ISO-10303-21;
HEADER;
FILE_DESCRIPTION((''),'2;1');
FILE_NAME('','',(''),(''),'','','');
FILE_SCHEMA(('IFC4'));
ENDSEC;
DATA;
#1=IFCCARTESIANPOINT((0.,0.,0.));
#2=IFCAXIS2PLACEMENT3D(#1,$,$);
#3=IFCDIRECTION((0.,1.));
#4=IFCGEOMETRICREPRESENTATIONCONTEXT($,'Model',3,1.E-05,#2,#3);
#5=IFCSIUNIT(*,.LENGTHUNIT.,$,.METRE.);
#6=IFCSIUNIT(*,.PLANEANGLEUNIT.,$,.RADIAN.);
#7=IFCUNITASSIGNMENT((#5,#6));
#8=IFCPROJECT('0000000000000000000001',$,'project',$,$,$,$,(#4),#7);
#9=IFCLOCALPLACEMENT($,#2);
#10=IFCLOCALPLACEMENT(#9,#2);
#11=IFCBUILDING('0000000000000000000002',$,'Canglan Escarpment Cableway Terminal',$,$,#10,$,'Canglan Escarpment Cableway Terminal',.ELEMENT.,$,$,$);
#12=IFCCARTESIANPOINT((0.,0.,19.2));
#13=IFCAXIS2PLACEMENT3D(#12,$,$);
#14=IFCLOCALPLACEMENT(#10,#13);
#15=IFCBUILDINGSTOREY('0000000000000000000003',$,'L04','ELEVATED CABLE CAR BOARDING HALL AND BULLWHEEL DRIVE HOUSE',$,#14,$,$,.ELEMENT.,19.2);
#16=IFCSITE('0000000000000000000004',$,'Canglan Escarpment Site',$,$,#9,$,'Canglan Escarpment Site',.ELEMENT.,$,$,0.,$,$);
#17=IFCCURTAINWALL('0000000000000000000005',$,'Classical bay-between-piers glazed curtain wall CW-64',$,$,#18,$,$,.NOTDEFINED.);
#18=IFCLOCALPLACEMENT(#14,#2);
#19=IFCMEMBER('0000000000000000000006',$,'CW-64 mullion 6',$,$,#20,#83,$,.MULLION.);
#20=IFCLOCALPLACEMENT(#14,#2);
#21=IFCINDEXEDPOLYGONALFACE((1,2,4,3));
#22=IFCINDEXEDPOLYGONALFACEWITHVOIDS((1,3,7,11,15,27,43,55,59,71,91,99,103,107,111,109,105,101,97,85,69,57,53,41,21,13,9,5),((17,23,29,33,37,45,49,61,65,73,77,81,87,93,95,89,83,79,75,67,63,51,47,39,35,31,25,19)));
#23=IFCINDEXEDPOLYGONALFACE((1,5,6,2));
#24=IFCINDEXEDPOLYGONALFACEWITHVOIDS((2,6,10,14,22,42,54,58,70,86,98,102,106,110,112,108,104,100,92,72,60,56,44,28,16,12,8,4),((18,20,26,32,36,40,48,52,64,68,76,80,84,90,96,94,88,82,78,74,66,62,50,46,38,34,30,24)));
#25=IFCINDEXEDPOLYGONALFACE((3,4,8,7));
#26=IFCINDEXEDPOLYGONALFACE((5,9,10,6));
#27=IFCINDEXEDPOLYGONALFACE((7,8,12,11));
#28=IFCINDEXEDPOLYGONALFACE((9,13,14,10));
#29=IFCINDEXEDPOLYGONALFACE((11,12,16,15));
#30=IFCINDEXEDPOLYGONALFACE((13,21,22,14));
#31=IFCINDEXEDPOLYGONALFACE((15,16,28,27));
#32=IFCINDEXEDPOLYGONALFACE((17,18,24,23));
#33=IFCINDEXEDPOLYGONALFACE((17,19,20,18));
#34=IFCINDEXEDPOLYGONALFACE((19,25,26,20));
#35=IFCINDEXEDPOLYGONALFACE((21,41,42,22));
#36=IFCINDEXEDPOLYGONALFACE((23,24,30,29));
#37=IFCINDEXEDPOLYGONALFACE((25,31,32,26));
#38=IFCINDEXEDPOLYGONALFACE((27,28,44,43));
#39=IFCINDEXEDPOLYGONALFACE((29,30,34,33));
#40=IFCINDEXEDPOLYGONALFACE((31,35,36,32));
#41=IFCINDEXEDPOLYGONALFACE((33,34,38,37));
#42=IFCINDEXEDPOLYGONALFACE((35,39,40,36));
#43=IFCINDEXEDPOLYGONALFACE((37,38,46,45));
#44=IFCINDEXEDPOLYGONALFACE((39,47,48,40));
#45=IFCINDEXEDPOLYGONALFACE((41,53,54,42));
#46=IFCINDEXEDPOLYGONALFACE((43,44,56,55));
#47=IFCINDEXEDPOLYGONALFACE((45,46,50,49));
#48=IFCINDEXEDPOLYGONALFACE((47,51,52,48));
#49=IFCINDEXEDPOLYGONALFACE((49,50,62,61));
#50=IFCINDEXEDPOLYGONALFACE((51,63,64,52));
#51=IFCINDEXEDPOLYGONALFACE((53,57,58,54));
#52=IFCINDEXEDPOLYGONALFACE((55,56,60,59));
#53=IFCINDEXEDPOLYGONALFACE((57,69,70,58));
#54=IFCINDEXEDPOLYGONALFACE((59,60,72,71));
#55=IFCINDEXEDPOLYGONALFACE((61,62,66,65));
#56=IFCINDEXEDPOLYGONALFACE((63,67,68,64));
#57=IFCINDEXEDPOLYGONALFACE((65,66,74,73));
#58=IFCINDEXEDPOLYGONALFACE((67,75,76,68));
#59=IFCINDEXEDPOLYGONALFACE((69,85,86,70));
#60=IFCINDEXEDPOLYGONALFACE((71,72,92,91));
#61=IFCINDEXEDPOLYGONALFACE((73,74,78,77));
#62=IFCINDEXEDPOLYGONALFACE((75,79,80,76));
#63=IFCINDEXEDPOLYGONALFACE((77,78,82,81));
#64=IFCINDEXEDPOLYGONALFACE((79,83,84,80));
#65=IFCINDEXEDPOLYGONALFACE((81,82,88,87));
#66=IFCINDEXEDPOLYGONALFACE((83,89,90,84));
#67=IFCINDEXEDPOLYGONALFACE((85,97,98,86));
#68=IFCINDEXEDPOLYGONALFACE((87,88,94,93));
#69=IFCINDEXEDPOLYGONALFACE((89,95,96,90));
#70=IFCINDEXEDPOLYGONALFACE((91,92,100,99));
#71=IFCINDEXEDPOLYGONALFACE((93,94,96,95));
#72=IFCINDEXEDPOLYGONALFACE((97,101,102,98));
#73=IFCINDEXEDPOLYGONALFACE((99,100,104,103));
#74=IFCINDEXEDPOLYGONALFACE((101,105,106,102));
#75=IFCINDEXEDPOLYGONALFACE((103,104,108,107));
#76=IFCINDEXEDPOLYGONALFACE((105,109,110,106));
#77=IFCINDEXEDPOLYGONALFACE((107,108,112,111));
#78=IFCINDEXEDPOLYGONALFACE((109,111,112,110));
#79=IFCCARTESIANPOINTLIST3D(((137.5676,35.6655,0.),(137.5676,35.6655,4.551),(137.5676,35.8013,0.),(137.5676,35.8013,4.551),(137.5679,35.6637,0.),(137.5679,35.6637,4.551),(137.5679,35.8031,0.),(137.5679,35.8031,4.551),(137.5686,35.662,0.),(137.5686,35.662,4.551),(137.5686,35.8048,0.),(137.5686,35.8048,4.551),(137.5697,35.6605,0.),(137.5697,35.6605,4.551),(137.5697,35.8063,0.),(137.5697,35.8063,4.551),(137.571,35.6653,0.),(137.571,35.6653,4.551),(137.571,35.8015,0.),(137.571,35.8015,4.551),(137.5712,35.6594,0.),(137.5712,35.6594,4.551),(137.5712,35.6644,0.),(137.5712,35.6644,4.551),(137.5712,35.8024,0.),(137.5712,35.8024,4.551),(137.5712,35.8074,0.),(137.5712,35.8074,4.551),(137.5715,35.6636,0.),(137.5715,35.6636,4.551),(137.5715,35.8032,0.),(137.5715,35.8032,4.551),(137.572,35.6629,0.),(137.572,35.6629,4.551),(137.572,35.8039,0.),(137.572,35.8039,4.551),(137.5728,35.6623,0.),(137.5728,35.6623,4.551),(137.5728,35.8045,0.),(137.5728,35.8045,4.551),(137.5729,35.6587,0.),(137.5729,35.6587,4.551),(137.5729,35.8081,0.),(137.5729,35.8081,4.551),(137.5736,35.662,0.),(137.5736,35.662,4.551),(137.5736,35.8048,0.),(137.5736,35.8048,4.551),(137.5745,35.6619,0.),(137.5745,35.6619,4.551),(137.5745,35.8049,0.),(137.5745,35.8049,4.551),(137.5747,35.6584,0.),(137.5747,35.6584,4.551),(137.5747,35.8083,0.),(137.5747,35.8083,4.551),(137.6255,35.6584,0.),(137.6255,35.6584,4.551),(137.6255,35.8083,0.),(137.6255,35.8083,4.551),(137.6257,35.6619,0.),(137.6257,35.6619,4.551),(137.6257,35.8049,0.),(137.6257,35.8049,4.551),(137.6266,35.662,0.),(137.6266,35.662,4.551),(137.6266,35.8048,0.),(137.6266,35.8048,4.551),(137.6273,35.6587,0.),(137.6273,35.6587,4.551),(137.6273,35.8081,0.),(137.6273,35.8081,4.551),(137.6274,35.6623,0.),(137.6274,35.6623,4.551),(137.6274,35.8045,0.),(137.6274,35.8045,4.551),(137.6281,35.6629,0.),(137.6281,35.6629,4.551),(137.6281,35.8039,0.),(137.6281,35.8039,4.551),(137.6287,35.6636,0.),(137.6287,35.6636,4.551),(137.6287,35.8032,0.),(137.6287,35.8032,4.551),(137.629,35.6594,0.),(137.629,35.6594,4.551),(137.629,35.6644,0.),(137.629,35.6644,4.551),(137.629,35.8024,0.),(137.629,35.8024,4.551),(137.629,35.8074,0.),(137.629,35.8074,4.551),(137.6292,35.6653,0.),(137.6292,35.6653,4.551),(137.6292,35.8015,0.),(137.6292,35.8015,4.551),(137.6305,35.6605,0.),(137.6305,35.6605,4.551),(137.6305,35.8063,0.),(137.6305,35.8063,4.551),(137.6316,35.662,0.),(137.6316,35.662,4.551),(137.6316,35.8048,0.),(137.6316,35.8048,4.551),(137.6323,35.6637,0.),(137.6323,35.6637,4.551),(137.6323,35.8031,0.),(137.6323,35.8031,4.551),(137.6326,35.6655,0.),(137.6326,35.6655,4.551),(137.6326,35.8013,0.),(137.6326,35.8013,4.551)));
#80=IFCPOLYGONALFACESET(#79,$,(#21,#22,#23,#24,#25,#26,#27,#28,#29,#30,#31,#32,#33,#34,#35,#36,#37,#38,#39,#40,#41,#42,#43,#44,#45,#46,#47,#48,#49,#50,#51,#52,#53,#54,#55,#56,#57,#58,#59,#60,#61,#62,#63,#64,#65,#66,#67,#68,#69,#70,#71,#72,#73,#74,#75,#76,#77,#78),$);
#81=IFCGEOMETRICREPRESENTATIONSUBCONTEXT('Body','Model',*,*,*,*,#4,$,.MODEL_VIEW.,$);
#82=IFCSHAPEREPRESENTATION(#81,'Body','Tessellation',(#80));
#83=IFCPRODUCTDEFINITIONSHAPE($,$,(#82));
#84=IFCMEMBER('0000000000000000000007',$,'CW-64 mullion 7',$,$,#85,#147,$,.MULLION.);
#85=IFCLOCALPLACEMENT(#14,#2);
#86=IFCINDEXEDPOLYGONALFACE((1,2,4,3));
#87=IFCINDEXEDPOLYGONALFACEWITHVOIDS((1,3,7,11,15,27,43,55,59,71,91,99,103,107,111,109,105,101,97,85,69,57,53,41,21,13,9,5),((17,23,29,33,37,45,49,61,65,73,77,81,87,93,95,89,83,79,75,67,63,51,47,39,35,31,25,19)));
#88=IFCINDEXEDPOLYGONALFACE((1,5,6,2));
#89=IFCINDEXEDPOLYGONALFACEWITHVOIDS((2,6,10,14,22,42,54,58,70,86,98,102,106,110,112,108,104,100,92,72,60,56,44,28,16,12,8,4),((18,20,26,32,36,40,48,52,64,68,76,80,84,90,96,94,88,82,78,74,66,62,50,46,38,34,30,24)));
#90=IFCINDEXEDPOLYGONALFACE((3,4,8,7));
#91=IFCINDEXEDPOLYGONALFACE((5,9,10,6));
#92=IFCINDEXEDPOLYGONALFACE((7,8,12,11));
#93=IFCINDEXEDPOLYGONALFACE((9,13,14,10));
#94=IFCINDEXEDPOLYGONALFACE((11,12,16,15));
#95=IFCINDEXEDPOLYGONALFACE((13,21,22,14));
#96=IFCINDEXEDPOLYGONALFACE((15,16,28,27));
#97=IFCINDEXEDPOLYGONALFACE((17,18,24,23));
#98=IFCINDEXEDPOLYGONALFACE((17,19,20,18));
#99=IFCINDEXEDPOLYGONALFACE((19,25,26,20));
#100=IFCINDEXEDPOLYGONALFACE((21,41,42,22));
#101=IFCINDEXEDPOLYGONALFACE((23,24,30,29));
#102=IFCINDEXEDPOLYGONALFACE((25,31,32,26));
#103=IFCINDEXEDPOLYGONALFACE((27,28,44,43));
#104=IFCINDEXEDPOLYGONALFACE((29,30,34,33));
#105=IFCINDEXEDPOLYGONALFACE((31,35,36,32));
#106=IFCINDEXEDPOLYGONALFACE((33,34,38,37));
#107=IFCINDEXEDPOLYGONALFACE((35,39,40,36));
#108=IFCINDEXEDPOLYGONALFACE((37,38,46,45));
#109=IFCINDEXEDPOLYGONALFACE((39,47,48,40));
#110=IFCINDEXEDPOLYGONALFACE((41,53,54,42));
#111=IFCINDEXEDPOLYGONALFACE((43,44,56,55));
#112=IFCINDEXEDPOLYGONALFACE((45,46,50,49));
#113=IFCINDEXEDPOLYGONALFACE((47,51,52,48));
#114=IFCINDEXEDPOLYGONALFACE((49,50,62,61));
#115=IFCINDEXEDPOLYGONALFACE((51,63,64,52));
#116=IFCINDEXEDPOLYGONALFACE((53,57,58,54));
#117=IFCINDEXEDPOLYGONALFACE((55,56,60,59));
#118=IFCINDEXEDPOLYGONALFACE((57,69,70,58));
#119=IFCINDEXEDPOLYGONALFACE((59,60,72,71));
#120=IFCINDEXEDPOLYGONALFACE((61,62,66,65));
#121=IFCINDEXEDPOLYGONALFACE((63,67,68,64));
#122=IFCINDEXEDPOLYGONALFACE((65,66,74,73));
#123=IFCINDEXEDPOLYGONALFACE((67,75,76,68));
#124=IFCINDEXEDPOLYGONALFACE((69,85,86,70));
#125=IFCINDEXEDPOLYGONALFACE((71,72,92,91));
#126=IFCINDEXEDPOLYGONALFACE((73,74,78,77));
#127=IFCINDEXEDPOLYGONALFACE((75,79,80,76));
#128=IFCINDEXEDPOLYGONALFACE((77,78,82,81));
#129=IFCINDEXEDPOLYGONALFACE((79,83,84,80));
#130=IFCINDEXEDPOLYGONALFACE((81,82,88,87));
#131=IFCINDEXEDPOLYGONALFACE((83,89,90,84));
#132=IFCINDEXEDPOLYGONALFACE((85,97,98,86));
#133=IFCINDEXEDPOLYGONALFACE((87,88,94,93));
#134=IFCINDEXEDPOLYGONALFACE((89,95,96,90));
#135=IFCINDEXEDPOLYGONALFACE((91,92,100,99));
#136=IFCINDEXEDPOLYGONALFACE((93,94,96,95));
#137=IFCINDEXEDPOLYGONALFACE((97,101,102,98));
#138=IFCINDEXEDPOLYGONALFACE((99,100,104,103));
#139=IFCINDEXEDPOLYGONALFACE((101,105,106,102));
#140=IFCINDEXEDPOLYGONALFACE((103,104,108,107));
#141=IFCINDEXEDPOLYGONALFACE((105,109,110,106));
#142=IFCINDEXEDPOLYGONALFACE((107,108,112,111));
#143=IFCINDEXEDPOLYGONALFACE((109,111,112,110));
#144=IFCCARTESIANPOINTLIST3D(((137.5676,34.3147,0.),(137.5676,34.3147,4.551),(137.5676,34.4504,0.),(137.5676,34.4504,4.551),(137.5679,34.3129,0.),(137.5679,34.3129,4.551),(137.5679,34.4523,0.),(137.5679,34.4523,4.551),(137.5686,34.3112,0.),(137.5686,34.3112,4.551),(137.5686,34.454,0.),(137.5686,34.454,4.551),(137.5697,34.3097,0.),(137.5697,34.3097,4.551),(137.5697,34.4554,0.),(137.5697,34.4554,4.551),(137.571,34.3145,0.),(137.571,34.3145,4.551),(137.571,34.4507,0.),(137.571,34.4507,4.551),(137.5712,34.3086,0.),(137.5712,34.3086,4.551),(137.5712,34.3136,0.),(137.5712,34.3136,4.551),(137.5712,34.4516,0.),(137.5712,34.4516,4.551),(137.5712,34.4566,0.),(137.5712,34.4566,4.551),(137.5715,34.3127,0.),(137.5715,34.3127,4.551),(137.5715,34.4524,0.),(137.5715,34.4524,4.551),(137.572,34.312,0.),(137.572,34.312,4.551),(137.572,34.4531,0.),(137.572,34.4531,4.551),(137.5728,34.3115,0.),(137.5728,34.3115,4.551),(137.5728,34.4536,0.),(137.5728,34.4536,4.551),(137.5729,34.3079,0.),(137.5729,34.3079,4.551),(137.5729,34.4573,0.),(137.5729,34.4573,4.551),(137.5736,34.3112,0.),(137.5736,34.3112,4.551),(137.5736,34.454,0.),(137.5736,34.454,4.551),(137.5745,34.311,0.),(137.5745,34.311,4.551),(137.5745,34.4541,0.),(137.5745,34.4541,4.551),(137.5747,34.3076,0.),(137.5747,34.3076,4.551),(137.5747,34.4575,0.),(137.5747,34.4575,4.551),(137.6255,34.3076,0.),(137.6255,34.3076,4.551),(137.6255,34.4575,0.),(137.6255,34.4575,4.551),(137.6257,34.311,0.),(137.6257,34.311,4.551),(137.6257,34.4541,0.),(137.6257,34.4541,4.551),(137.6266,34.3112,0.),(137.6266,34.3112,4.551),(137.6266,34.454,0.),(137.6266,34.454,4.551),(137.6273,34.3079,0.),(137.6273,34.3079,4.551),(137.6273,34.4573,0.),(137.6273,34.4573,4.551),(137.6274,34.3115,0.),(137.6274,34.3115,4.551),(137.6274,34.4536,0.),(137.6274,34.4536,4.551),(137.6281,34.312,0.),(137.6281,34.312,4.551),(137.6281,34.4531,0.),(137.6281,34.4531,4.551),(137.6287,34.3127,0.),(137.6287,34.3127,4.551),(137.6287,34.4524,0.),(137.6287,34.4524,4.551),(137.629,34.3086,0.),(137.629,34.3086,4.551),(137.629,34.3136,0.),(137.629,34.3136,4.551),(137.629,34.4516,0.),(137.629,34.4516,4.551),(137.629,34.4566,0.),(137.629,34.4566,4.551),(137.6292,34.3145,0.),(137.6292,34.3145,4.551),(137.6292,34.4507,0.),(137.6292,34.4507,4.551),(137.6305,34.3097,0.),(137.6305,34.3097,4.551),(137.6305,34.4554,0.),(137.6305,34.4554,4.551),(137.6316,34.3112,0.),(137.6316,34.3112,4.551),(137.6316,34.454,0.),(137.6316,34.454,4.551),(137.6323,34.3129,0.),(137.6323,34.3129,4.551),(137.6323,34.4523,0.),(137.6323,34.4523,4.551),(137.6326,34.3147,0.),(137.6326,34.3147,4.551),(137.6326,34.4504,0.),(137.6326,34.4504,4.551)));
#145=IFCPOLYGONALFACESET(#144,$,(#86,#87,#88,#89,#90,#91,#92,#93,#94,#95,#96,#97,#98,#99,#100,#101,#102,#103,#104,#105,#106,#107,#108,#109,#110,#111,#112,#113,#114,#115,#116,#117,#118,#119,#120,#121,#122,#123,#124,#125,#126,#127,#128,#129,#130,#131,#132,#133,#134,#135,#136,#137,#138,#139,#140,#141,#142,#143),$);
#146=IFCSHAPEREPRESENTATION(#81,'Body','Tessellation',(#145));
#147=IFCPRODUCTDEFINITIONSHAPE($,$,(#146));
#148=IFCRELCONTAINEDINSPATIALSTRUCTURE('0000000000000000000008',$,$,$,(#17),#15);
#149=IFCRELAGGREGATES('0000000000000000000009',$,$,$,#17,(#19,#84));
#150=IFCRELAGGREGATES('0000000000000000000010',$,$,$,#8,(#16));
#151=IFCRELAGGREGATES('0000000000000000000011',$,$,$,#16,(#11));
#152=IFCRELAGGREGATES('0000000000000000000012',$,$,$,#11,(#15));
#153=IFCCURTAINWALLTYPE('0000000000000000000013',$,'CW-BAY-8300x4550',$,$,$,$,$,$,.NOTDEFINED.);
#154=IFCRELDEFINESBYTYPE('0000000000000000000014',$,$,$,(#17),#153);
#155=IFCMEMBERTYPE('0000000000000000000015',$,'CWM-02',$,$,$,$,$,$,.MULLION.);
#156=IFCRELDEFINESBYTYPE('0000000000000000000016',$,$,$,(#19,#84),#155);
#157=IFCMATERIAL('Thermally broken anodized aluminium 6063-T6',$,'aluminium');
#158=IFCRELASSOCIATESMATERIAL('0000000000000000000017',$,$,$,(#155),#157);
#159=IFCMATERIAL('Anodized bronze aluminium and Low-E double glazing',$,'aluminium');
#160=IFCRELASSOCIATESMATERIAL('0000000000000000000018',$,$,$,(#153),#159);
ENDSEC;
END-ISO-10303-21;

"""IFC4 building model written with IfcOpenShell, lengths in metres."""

from ifc_helpers import new_model, si_unit, direction, frame, origin, origin_2d, place, context, subcontext, project, spatial, hollow_rectangle, extrude, material, material_profile, profile_set, type_object, element, aggregate, save


model = new_model("IFC4")

# Units and contexts
model_context = context("Model", 3, precision=1e-05, world=origin(), true_north=direction((0.0, 1.0)))
body_context = subcontext(model_context, "Body", "Model", "MODEL_VIEW")
ifc_project = project(units=[si_unit("LENGTHUNIT", "METRE"), si_unit("PLANEANGLEUNIT", "RADIAN")], contexts=[model_context])

# Site, building, storey
site_placement = place(None, origin())
site = spatial("IfcSite", under=ifc_project, at=site_placement, Name="Canglan Escarpment Site", LongName="Canglan Escarpment Site", CompositionType="ELEMENT", RefElevation=0.0)
building_placement = place(site_placement, origin())
building = spatial("IfcBuilding", under=site, at=building_placement, Name="Canglan Escarpment Cableway Terminal", LongName="Canglan Escarpment Cableway Terminal", CompositionType="ELEMENT")
storey_placement = place(building_placement, frame((0.0, 0.0, 19.2)))
storey = spatial("IfcBuildingStorey", under=building, at=storey_placement, Name="L04", Description="ELEVATED CABLE CAR BOARDING HALL AND BULLWHEEL DRIVE HOUSE", CompositionType="ELEMENT", Elevation=19.2)

# Shared definitions
ifc_material_1 = material(Name="Anodized bronze aluminium and Low-E double glazing", Category="aluminium")
ifc_material_2 = material(Name="Thermally broken anodized aluminium 6063-T6", Category="aluminium")
ifc_material_profile_1 = material_profile(ifc_material_2, hollow_rectangle(XDim=0.0649, YDim=0.1499, WallThickness=0.0034, InnerFilletRadius=0.0034, OuterFilletRadius=0.0071, at=origin_2d()), Name="ALU-MULL 65x150x3.5")
ifc_profile_set_1 = profile_set([ifc_material_profile_1], Name="Thermally broken anodized aluminium 6063-T6")
member_type_1 = type_object("IfcMemberType", Name="CWM-02", PredefinedType="MULLION", material=ifc_profile_set_1)

# Curtain wall, members
curtain_wall_type_1 = type_object("IfcCurtainWallType", Name="CW-BAY-8300x4550", PredefinedType="NOTDEFINED", material=ifc_material_1)
curtain_wall_1_placement = place(storey_placement, origin())
curtain_wall_1 = element("IfcCurtainWall", 1, at=curtain_wall_1_placement, inside=storey, type_object=curtain_wall_type_1, Name="Classical bay-between-piers glazed curtain wall CW-64", PredefinedType="NOTDEFINED")
member_1_placement = place(storey_placement, frame((137.6001, 35.7334, 0.0), z_axis=(0.0, 0.0, 1.0), x_axis=(1.0, 0.0, 0.0)))
member_1 = element("IfcMember", 2, at=member_1_placement, type_object=member_type_1, Name="CW-64 mullion 6", PredefinedType="MULLION", context=body_context, shape_type="SweptSolid", body=[
    extrude(hollow_rectangle(XDim=0.0649, YDim=0.1499, WallThickness=0.0034, InnerFilletRadius=0.0034, OuterFilletRadius=0.0071, at=origin_2d()), origin(), (0.0, 0.0, 1.0), 4.551),
])
member_2_placement = place(storey_placement, frame((137.6001, 34.3826, 0.0), z_axis=(0.0, 0.0, 1.0), x_axis=(1.0, 0.0, 0.0)))
member_2 = element("IfcMember", 3, at=member_2_placement, type_object=member_type_1, Name="CW-64 mullion 7", PredefinedType="MULLION", context=body_context, shape_type="SweptSolid", body=[
    extrude(hollow_rectangle(XDim=0.0649, YDim=0.1499, WallThickness=0.0034, InnerFilletRadius=0.0034, OuterFilletRadius=0.0071, at=origin_2d()), origin(), (0.0, 0.0, 1.0), 4.551),
])

aggregate(curtain_wall_1, [member_1, member_2])

save(model, "model.ifc")
